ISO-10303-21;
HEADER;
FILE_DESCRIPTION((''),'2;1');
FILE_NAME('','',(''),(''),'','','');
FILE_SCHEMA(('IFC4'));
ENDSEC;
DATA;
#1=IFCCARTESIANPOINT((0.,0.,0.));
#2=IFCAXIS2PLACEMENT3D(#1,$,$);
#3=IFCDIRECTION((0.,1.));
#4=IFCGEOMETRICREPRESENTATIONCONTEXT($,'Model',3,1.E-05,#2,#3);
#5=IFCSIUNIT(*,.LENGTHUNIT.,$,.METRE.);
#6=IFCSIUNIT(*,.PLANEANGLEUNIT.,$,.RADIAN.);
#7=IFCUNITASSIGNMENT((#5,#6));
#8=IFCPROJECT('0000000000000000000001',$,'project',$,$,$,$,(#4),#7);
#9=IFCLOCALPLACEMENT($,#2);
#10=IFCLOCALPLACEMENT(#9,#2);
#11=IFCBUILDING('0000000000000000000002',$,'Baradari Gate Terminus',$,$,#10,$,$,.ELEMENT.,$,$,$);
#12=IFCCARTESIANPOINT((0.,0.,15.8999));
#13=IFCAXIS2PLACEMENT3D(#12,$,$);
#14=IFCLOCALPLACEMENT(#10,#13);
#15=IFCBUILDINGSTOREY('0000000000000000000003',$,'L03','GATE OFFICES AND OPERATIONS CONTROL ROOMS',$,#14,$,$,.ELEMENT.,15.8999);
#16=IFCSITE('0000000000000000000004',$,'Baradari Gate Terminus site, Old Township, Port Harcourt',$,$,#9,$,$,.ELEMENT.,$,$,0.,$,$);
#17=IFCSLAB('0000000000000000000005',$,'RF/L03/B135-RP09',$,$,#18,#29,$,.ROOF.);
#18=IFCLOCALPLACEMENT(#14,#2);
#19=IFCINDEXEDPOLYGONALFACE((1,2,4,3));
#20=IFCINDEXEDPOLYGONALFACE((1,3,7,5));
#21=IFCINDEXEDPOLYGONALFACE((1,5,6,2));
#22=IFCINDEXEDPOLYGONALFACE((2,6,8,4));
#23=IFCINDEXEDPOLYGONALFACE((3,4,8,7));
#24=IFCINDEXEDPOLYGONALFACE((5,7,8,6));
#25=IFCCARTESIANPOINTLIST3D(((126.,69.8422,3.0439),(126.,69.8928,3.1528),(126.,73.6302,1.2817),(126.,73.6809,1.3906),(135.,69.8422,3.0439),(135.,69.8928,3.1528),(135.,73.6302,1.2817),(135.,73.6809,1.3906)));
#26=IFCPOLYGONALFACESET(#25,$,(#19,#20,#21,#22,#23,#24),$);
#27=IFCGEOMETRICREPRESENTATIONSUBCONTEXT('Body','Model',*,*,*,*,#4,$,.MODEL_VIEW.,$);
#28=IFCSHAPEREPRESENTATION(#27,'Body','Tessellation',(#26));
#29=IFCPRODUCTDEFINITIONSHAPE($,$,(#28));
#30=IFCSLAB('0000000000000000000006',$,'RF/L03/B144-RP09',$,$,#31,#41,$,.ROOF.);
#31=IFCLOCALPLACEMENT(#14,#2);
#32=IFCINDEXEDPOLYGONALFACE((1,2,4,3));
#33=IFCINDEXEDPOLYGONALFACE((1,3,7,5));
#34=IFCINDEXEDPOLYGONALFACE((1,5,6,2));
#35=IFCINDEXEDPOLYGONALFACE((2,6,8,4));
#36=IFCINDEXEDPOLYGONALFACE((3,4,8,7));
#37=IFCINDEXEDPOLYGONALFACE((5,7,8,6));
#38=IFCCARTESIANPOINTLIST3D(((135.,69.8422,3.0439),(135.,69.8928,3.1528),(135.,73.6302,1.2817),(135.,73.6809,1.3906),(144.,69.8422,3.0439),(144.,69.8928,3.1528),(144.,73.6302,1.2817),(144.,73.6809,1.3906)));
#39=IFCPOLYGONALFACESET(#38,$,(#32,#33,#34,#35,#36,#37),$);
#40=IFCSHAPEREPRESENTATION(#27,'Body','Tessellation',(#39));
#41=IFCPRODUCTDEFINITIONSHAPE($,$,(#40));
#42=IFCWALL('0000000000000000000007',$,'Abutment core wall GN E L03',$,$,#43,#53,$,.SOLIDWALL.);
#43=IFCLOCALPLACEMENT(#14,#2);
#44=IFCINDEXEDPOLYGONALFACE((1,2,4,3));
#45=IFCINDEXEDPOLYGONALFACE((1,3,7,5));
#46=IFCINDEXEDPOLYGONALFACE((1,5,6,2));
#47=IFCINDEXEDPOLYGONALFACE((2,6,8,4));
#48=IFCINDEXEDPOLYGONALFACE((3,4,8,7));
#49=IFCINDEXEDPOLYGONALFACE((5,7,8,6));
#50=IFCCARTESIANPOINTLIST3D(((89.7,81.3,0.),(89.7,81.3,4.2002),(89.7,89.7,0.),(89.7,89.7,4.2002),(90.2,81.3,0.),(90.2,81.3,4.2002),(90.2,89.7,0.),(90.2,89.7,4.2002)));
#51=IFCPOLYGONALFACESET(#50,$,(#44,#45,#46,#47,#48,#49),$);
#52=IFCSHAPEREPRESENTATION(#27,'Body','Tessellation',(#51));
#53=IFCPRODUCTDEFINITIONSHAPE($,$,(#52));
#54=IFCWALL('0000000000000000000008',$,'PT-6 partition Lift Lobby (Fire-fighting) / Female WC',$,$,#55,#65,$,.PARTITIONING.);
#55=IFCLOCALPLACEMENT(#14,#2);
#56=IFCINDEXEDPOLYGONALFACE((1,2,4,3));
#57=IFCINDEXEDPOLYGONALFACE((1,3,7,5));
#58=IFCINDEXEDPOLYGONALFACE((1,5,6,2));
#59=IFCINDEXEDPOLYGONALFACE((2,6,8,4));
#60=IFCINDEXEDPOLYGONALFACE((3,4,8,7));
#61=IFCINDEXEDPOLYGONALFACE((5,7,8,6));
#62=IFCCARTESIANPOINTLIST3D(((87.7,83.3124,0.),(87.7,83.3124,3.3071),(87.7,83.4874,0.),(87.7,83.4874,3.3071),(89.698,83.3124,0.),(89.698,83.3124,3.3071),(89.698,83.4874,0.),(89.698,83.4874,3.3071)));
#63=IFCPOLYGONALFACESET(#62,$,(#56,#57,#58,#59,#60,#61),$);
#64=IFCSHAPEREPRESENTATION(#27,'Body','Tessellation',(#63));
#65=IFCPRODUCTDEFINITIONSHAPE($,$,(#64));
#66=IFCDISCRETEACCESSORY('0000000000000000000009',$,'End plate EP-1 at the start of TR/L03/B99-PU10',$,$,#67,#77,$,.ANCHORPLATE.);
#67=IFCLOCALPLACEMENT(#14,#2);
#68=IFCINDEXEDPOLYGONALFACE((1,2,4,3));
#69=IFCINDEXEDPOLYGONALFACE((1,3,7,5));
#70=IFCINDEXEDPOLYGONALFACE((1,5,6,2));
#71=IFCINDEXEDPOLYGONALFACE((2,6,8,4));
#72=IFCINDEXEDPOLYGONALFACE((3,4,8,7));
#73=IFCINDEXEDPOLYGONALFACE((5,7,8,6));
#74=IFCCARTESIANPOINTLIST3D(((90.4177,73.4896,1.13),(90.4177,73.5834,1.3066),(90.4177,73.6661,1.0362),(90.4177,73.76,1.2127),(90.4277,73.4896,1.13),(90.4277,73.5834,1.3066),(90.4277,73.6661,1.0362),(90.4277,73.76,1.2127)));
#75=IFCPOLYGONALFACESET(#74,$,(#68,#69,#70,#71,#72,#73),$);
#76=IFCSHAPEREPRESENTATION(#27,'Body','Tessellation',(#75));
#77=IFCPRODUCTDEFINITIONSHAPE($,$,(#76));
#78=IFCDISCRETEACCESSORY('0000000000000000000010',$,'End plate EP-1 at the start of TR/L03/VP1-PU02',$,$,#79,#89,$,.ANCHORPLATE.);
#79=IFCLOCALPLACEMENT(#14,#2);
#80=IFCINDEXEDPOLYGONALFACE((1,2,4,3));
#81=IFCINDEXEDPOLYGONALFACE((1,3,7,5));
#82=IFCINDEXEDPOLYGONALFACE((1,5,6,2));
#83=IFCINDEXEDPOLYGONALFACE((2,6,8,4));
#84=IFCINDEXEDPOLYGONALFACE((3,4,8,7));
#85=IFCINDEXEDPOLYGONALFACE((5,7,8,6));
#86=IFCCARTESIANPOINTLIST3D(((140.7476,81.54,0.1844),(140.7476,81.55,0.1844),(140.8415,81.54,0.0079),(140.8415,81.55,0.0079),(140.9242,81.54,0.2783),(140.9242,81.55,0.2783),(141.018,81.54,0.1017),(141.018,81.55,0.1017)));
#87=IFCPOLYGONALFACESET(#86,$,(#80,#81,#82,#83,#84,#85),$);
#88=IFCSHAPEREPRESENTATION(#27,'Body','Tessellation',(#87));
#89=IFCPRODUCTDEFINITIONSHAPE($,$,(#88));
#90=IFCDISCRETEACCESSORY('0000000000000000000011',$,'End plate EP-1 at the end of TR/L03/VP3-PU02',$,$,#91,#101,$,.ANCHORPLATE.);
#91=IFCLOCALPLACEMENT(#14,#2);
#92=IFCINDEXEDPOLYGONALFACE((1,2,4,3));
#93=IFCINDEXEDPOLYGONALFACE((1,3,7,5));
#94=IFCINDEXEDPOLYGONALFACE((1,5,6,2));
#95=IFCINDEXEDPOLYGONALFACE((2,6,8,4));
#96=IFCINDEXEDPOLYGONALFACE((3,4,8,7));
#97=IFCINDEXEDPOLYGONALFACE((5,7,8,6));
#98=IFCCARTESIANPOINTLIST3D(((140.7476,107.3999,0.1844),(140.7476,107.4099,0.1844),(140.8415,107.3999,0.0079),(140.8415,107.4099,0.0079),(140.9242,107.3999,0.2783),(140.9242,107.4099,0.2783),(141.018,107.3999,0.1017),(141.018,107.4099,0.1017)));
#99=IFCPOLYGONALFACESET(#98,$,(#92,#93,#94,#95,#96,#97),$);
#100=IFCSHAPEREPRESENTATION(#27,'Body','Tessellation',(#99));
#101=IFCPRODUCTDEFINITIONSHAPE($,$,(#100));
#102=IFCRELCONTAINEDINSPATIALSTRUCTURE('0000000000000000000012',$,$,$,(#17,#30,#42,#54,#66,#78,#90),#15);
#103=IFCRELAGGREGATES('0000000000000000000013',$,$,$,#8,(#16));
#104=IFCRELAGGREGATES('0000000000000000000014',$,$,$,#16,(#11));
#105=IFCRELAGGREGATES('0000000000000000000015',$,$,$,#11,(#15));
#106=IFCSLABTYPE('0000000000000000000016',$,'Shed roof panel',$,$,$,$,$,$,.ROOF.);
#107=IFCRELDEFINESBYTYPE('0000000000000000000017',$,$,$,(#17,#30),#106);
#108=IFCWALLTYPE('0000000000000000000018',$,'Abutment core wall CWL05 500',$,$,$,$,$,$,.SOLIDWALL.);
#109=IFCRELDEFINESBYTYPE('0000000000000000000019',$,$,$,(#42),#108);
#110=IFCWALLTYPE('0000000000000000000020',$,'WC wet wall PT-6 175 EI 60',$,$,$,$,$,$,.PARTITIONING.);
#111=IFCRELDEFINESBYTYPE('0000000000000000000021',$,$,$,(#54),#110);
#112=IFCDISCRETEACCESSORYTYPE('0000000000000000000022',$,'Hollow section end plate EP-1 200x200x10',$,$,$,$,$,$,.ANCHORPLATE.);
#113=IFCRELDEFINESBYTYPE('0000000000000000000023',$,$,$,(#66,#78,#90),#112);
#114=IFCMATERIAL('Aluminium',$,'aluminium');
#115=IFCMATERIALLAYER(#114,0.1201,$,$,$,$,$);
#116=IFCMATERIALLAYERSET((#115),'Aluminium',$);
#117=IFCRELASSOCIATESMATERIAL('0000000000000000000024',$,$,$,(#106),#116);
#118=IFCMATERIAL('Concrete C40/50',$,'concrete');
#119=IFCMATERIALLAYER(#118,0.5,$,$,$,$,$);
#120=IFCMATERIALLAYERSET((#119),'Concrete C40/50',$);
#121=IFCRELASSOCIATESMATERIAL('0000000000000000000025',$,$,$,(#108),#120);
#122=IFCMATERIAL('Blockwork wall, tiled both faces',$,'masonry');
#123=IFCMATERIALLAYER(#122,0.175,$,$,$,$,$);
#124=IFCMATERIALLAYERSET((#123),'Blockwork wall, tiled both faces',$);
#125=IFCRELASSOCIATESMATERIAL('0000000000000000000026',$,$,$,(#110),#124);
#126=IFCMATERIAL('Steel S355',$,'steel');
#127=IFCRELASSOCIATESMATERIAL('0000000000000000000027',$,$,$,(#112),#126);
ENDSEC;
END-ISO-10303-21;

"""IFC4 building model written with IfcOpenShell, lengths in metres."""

from ifc_helpers import new_model, si_unit, direction, frame, frame_2d, origin, origin_2d, place, context, subcontext, project, spatial, polyline, rectangle, outline, extrude, material, layer, layer_set, type_object, element, save


model = new_model("IFC4")

# Units and contexts
model_context = context("Model", 3, precision=1e-05, world=origin(), true_north=direction((0.0, 1.0)))
body_context = subcontext(model_context, "Body", "Model", "MODEL_VIEW")
ifc_project = project(units=[si_unit("LENGTHUNIT", "METRE"), si_unit("PLANEANGLEUNIT", "RADIAN")], contexts=[model_context])

# Site, building, storey
site_placement = place(None, origin())
site = spatial("IfcSite", under=ifc_project, at=site_placement, Name="Baradari Gate Terminus site, Old Township, Port Harcourt", CompositionType="ELEMENT", RefElevation=0.0)
building_placement = place(site_placement, origin())
building = spatial("IfcBuilding", under=site, at=building_placement, Name="Baradari Gate Terminus", CompositionType="ELEMENT")
storey_placement = place(building_placement, frame((0.0, 0.0, 15.8999)))
storey = spatial("IfcBuildingStorey", under=building, at=storey_placement, Name="L03", Description="GATE OFFICES AND OPERATIONS CONTROL ROOMS", CompositionType="ELEMENT", Elevation=15.8999)

# Slabs
ifc_material_1 = material(Name="Aluminium", Category="aluminium")
ifc_layer_1 = layer(ifc_material_1, 0.1201)
ifc_layer_set_1 = layer_set([ifc_layer_1], Name="Aluminium")
slab_type_1 = type_object("IfcSlabType", Name="Shed roof panel", PredefinedType="ROOF", material=ifc_layer_set_1)
for number, where, z_axis, x_axis, name in (
    (1, (126.0, 69.8928, 3.1528), (0.0, 0.421791, 0.906693), (1.0, 0.0, 0.0), "RF/L03/B135-RP09"),
    (2, (135.0, 69.8928, 3.1528), (0.0, 0.421791, 0.906693), (1.0, 0.0, 0.0), "RF/L03/B144-RP09"),
):
    element("IfcSlab", number, at=place(storey_placement, frame(where, z_axis=z_axis, x_axis=x_axis)), inside=storey, type_object=slab_type_1, Name=name, PredefinedType="ROOF", context=body_context, shape_type="SweptSolid", body=[
        extrude(outline(polyline([(0.0, 0.0), (9.0, 0.0), (9.0, 4.1779), (0.0, 4.1779), (0.0, 0.0)])), origin(), (0.0, 0.0, -1.0), 0.1201),
    ])

# Walls
ifc_material_2 = material(Name="Concrete C40/50", Category="concrete")
ifc_layer_2 = layer(ifc_material_2, 0.5)
ifc_layer_set_2 = layer_set([ifc_layer_2], Name="Concrete C40/50")
wall_type_1 = type_object("IfcWallType", Name="Abutment core wall CWL05 500", PredefinedType="SOLIDWALL", material=ifc_layer_set_2)
wall_1_placement = place(storey_placement, frame((89.95, 81.3, 0.0), z_axis=(0.0, 0.0, 1.0), x_axis=(0.0, 1.0, 0.0)))
element("IfcWall", 3, at=wall_1_placement, inside=storey, type_object=wall_type_1, Name="Abutment core wall GN E L03", PredefinedType="SOLIDWALL", context=body_context, shape_type="SweptSolid", body=[
    extrude(rectangle(XDim=8.3999, YDim=0.5, at=frame_2d((4.2, 0.0))), origin(), (0.0, 0.0, 1.0), 4.2002),
])
ifc_material_3 = material(Name="Blockwork wall, tiled both faces", Category="masonry")
ifc_layer_3 = layer(ifc_material_3, 0.175)
ifc_layer_set_3 = layer_set([ifc_layer_3], Name="Blockwork wall, tiled both faces")
wall_type_2 = type_object("IfcWallType", Name="WC wet wall PT-6 175 EI 60", PredefinedType="PARTITIONING", material=ifc_layer_set_3)
wall_2_placement = place(storey_placement, frame((89.698, 83.3999, 0.0), z_axis=(0.0, 0.0, 1.0), x_axis=(-1.0, 0.0, 0.0)))
element("IfcWall", 4, at=wall_2_placement, inside=storey, type_object=wall_type_2, Name="PT-6 partition Lift Lobby (Fire-fighting) / Female WC", PredefinedType="PARTITIONING", context=body_context, shape_type="SweptSolid", body=[
    extrude(rectangle(XDim=1.998, YDim=0.175, at=frame_2d((0.999, 0.0))), origin(), (0.0, 0.0, 1.0), 3.3071),
])

# Discrete accessories
ifc_material_4 = material(Name="Steel S355", Category="steel")
discrete_accessory_type = type_object("IfcDiscreteAccessoryType", Name="Hollow section end plate EP-1 200x200x10", PredefinedType="ANCHORPLATE", material=ifc_material_4)
for number, where, z_axis, x_axis, name in (
    (5, (90.4177, 73.6248, 1.1714), (1.0, 0.0, 0.0), (0.0, 0.883027, -0.469322), "End plate EP-1 at the start of TR/L03/B99-PU10"),
    (6, (140.8828, 81.54, 0.1431), (0.0, 1.0, 0.0), (-0.883027, 0.0, -0.469322), "End plate EP-1 at the start of TR/L03/VP1-PU02"),
    (7, (140.8828, 107.3999, 0.1431), (0.0, 1.0, 0.0), (-0.883027, 0.0, -0.469322), "End plate EP-1 at the end of TR/L03/VP3-PU02"),
):
    element("IfcDiscreteAccessory", number, at=place(storey_placement, frame(where, z_axis=z_axis, x_axis=x_axis)), inside=storey, type_object=discrete_accessory_type, Name=name, PredefinedType="ANCHORPLATE", context=body_context, shape_type="SweptSolid", body=[
        extrude(rectangle(XDim=0.2, YDim=0.2, at=origin_2d()), origin(), (0.0, 0.0, 1.0), 0.01),
    ])

save(model, "model.ifc")
